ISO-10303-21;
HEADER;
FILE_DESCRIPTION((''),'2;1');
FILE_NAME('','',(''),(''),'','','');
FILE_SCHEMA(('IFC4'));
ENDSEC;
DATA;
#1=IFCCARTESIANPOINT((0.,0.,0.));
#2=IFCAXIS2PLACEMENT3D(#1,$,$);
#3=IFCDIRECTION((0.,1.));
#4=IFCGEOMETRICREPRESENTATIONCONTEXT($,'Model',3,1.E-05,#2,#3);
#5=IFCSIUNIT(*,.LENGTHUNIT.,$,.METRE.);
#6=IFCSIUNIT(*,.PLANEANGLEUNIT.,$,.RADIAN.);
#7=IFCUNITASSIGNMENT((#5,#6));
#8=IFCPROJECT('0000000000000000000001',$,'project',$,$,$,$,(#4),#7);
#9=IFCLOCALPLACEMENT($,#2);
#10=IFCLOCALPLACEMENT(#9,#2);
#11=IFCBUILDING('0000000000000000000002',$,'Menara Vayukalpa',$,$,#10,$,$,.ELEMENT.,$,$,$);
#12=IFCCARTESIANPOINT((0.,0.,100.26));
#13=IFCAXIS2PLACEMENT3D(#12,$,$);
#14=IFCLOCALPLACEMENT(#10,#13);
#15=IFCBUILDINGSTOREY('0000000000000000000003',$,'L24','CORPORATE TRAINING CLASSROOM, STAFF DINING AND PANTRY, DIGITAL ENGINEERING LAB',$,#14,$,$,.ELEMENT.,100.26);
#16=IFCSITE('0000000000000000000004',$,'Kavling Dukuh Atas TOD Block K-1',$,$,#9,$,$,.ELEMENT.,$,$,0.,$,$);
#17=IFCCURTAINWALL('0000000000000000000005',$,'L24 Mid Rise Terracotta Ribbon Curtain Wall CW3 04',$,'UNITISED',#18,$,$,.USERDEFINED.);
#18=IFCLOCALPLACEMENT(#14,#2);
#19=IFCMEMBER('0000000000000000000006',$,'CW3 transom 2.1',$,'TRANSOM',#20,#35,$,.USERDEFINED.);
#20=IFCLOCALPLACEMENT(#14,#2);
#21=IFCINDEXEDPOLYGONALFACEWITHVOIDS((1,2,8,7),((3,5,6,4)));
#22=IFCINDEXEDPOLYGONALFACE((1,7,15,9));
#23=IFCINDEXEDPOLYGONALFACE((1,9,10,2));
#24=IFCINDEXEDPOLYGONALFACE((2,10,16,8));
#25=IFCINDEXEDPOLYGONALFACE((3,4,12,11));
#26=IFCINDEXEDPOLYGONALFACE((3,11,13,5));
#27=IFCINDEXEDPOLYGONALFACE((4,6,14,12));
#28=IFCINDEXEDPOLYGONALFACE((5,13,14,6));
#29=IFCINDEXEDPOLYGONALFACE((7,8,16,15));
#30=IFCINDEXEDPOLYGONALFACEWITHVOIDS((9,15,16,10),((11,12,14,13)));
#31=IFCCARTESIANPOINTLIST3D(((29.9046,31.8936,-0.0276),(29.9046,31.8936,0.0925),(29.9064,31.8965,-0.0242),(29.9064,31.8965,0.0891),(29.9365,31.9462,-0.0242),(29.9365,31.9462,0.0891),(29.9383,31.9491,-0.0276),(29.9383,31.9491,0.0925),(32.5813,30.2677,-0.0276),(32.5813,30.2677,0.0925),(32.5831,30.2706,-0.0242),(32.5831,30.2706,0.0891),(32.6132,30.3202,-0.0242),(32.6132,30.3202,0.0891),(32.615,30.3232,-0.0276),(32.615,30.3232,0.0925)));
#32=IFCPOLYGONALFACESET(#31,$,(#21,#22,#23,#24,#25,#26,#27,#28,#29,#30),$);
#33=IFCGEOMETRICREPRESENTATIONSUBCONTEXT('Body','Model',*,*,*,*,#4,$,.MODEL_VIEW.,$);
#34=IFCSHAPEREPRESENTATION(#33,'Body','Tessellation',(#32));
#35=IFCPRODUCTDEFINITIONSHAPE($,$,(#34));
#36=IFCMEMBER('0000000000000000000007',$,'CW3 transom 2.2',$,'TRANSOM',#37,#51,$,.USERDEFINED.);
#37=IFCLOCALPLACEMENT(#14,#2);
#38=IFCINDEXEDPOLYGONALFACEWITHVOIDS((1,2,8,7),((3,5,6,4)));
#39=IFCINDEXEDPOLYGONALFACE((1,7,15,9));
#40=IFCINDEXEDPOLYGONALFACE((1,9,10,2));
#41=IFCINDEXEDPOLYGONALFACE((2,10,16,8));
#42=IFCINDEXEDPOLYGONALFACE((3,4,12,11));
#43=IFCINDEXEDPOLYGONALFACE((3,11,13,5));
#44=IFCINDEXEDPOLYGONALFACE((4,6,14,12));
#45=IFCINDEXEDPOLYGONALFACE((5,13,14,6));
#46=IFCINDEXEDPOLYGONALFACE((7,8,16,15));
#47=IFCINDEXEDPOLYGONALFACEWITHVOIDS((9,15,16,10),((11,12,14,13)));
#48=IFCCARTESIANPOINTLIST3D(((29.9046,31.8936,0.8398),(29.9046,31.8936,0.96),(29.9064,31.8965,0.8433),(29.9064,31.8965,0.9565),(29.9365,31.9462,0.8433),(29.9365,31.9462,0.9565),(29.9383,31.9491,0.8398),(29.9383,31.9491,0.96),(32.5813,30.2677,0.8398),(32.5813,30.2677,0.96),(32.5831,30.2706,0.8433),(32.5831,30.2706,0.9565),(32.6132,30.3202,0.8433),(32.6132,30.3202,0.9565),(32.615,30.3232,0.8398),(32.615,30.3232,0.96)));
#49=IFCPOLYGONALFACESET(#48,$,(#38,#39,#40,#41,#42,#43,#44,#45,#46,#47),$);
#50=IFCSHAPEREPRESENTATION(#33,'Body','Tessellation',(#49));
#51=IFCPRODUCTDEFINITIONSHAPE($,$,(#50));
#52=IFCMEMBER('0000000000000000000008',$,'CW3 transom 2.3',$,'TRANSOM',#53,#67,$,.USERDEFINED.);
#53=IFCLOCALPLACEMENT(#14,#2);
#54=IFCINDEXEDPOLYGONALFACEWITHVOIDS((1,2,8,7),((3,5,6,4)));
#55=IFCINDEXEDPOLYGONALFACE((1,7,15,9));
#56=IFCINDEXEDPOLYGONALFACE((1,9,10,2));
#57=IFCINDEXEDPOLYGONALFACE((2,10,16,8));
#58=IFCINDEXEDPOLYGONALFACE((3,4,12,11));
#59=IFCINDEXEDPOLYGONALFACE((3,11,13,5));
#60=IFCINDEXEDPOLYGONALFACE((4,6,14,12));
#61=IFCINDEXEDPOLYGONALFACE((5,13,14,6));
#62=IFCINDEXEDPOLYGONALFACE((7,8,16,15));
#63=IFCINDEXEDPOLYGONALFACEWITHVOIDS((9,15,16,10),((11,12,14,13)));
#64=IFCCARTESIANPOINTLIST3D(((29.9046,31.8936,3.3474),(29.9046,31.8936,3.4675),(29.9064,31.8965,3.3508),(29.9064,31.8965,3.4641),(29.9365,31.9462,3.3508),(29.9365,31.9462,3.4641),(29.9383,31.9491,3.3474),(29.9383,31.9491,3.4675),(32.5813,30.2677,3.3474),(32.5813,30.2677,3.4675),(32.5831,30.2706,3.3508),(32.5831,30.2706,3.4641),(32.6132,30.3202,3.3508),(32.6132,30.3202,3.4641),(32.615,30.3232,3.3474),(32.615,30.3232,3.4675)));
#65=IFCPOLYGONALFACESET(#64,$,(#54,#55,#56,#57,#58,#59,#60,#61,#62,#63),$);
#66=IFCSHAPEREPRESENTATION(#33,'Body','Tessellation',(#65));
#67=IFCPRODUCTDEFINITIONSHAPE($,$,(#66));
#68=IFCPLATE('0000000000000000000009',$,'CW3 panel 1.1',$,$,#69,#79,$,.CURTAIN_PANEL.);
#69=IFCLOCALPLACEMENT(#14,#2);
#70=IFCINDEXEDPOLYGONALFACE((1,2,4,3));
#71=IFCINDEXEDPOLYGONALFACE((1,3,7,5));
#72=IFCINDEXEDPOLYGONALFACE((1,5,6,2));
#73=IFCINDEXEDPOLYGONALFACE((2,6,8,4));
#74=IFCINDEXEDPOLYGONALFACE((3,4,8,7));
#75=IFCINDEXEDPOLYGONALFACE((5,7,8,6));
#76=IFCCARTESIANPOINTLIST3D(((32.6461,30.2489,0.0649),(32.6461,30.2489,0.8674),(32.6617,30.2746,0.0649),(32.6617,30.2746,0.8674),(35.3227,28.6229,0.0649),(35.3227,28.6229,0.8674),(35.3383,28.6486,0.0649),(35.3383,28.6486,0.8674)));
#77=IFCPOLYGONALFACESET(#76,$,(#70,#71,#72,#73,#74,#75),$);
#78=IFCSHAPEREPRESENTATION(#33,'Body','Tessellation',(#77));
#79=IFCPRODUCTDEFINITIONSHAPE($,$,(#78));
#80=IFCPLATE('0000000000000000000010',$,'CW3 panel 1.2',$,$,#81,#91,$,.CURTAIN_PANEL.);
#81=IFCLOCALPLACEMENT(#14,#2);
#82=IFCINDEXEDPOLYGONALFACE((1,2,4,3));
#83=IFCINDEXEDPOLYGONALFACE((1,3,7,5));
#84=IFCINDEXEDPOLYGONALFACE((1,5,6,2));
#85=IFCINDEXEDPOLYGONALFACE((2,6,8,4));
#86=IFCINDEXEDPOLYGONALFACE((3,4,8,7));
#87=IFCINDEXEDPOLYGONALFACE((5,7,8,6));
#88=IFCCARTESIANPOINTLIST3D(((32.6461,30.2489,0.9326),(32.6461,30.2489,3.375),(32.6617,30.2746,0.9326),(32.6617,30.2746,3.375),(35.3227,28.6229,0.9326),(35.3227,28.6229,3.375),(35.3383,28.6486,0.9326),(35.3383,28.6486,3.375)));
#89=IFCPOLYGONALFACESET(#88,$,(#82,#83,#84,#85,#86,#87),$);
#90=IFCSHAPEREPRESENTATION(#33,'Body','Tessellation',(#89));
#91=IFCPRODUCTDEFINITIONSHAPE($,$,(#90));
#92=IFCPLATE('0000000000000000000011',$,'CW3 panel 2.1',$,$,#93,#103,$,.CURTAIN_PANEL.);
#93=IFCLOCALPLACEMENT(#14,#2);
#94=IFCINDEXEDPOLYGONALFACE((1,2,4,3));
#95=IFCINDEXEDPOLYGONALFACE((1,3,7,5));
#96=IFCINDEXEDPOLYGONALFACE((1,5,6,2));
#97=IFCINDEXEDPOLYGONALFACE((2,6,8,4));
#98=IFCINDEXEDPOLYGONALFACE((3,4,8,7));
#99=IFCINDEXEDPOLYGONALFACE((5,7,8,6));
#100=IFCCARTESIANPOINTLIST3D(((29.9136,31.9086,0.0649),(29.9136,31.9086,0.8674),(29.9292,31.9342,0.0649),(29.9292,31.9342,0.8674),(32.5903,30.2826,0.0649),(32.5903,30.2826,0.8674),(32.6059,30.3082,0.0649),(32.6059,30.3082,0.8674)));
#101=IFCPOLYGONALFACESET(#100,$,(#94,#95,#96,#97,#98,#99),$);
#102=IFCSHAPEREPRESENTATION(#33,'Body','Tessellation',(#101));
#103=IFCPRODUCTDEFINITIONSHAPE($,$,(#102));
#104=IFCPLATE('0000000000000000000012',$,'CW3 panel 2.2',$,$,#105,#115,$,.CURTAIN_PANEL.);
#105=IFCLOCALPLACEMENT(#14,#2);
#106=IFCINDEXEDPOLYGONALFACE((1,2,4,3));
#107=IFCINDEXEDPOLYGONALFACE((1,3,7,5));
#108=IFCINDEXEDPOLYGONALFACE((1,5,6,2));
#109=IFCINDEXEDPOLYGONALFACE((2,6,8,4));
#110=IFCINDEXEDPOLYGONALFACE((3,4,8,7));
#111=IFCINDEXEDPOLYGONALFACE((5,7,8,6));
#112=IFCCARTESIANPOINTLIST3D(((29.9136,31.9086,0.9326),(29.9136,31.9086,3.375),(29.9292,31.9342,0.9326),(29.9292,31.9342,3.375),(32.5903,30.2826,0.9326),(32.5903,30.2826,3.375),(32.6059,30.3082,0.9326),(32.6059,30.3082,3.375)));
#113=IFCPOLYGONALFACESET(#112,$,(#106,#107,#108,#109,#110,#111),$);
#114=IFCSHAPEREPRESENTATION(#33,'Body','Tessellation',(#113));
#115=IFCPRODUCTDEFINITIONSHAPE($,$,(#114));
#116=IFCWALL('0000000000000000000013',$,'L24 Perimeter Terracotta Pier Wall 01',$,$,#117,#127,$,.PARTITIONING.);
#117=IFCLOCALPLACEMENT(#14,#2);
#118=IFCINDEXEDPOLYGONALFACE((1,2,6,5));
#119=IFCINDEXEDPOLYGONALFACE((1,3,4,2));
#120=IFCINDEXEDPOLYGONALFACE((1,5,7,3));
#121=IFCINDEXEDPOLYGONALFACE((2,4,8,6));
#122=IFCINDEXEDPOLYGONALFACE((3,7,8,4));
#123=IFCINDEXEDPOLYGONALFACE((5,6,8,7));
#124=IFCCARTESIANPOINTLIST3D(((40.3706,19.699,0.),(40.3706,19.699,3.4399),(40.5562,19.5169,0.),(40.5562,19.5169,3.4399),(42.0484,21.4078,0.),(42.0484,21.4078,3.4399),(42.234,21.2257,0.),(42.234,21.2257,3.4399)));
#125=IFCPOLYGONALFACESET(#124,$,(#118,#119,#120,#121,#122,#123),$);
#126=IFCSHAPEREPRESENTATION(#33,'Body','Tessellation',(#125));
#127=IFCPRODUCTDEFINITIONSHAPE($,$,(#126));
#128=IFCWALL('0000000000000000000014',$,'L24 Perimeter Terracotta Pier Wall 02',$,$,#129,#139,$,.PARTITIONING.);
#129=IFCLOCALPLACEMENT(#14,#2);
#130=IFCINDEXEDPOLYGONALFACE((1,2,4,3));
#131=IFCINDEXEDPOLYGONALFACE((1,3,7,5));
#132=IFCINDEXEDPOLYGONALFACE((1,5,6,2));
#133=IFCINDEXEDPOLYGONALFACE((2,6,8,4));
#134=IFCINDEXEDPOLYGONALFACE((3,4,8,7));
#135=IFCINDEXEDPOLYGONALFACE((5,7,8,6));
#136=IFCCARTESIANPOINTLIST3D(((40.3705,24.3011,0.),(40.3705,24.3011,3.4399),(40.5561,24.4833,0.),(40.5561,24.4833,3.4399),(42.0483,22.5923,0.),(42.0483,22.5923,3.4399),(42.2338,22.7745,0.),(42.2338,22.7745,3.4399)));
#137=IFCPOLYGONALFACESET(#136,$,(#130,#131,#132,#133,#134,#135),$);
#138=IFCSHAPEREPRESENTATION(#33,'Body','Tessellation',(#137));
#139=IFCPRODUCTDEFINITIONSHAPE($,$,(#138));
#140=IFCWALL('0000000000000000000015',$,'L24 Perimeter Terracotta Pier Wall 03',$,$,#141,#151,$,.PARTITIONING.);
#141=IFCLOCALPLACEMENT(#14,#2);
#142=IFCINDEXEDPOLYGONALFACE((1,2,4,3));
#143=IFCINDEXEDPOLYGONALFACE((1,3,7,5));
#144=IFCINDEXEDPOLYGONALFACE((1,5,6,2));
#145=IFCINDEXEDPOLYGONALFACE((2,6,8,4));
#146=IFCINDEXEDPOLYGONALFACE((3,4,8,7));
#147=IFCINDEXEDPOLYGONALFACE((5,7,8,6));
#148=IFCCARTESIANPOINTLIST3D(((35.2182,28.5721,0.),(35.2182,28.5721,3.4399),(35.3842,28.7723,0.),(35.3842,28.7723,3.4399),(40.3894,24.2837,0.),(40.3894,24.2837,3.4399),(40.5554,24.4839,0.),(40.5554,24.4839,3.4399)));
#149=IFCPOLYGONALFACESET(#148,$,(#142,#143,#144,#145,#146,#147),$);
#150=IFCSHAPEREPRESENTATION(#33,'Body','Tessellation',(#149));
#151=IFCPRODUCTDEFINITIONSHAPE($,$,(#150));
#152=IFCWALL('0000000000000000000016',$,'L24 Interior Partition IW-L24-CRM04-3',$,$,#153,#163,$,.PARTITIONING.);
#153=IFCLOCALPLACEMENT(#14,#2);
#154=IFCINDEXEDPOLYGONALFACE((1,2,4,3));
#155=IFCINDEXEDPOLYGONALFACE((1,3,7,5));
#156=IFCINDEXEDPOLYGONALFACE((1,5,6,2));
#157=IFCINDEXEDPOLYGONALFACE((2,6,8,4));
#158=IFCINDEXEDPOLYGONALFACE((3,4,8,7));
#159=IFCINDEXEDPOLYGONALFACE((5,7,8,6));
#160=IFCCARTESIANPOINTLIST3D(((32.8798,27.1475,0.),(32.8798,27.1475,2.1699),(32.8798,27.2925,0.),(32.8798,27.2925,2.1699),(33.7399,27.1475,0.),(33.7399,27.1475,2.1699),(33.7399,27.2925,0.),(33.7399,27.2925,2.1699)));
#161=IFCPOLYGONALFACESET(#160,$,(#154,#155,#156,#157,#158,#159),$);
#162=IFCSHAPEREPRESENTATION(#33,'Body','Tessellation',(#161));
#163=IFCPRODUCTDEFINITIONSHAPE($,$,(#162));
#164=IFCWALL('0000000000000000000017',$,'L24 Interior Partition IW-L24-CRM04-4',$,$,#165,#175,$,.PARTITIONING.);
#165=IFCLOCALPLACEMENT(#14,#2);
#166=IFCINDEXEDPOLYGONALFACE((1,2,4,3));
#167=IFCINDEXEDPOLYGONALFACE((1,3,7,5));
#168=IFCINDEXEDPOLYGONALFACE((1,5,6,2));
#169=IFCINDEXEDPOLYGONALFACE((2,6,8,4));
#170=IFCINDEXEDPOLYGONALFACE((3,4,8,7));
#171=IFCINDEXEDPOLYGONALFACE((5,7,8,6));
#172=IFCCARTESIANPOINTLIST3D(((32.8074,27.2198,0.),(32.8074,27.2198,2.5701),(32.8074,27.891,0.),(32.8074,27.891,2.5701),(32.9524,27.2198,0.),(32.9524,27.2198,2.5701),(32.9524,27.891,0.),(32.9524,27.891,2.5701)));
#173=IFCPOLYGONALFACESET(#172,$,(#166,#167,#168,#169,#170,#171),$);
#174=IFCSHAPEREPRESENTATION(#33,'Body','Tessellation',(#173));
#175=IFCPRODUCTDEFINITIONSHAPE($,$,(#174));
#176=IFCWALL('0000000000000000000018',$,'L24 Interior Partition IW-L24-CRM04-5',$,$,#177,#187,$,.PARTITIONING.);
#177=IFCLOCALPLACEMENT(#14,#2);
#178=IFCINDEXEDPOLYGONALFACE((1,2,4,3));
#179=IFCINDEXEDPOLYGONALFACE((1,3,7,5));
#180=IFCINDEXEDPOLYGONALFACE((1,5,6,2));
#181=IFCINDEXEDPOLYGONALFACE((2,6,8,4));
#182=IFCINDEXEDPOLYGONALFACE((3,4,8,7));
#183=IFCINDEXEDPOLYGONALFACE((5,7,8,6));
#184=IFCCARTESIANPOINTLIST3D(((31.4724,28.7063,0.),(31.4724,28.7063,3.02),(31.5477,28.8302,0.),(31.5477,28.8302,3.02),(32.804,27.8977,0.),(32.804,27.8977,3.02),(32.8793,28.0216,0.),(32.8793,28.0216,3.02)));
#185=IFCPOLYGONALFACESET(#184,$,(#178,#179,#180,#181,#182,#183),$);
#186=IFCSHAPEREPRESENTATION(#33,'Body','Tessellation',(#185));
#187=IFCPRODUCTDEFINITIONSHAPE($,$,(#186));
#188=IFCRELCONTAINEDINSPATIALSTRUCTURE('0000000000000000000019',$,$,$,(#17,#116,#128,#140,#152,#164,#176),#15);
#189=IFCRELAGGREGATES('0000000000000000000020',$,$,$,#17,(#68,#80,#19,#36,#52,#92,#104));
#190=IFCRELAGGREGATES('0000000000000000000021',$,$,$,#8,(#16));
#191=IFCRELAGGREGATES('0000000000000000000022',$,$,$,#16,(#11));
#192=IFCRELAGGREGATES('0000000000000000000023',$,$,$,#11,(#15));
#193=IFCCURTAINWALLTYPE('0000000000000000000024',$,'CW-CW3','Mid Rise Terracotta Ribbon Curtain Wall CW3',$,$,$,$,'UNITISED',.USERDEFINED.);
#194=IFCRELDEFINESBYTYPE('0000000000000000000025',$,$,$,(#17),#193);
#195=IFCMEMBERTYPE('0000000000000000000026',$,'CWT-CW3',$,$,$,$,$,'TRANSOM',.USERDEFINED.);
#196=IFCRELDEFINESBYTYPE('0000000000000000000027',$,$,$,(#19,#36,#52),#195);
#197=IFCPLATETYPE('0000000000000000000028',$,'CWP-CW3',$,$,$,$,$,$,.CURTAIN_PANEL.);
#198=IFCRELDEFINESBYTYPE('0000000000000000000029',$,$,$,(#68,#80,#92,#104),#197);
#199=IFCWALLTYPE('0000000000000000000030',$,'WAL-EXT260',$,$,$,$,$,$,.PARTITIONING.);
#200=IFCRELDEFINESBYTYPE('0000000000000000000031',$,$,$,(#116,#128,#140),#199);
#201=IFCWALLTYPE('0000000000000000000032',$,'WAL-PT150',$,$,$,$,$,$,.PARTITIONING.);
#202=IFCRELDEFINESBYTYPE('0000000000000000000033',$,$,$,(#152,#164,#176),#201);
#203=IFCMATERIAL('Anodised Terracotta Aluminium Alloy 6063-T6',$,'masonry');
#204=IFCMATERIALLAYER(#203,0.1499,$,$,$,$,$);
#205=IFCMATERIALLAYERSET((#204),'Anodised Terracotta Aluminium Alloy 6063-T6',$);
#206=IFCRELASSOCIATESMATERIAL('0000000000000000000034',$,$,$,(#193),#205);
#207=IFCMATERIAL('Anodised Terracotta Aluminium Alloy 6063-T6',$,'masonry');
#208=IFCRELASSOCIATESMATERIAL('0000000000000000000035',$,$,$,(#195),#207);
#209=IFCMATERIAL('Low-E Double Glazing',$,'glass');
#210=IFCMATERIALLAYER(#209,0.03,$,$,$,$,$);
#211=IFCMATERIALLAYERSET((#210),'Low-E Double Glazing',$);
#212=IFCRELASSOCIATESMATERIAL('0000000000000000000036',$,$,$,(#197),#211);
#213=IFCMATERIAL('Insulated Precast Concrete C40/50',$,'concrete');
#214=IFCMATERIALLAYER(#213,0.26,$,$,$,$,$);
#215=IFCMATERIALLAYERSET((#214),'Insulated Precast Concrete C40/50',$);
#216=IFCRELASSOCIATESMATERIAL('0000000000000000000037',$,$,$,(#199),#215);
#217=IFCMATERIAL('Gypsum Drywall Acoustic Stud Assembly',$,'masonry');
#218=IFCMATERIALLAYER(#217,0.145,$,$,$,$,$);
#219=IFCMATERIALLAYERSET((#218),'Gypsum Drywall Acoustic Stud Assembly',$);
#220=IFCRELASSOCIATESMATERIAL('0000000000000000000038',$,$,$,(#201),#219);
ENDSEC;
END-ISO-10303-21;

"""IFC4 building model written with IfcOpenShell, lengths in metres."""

from ifc_helpers import new_model, si_unit, direction, frame, frame_2d, origin, origin_2d, place, context, subcontext, project, spatial, rectangle, hollow_rectangle, extrude, material, layer, layer_set, material_profile, profile_set, type_object, element, aggregate, save


model = new_model("IFC4")

# Units and contexts
model_context = context("Model", 3, precision=1e-05, world=origin(), true_north=direction((0.0, 1.0)))
body_context = subcontext(model_context, "Body", "Model", "MODEL_VIEW")
ifc_project = project(units=[si_unit("LENGTHUNIT", "METRE"), si_unit("PLANEANGLEUNIT", "RADIAN")], contexts=[model_context])

# Site, building, storey
site_placement = place(None, origin())
site = spatial("IfcSite", under=ifc_project, at=site_placement, Name="Kavling Dukuh Atas TOD Block K-1", CompositionType="ELEMENT", RefElevation=0.0)
building_placement = place(site_placement, origin())
building = spatial("IfcBuilding", under=site, at=building_placement, Name="Menara Vayukalpa", CompositionType="ELEMENT")
storey_placement = place(building_placement, frame((0.0, 0.0, 100.26)))
storey = spatial("IfcBuildingStorey", under=building, at=storey_placement, Name="L24", Description="CORPORATE TRAINING CLASSROOM, STAFF DINING AND PANTRY, DIGITAL ENGINEERING LAB", CompositionType="ELEMENT", Elevation=100.26)

# Curtain wall, members, plates
ifc_material_1 = material(Name="Anodised Terracotta Aluminium Alloy 6063-T6", Category="masonry")
ifc_layer_1 = layer(ifc_material_1, 0.1499)
ifc_layer_set_1 = layer_set([ifc_layer_1], Name="Anodised Terracotta Aluminium Alloy 6063-T6")
curtain_wall_type = type_object("IfcCurtainWallType", Name="CW-CW3", Description="Mid Rise Terracotta Ribbon Curtain Wall CW3", ElementType="UNITISED", PredefinedType="USERDEFINED", material=ifc_layer_set_1)
curtain_wall_placement = place(storey_placement, origin())
curtain_wall = element("IfcCurtainWall", 1, at=curtain_wall_placement, inside=storey, type_object=curtain_wall_type, Name="L24 Mid Rise Terracotta Ribbon Curtain Wall CW3 04", ObjectType="UNITISED", PredefinedType="USERDEFINED")
ifc_material_2 = material(Name="Anodised Terracotta Aluminium Alloy 6063-T6", Category="masonry")
ifc_material_profile_1 = material_profile(ifc_material_2, hollow_rectangle(XDim=0.0649, YDim=0.1201, WallThickness=0.0034, at=origin_2d()), Name="ALU 65x120x3.5")
ifc_profile_set_1 = profile_set([ifc_material_profile_1], Name="Anodised Terracotta Aluminium Alloy 6063-T6")
member_type_1 = type_object("IfcMemberType", Name="CWT-CW3", ElementType="TRANSOM", PredefinedType="USERDEFINED", material=ifc_profile_set_1)
member_1_placement = place(storey_placement, frame((32.5981, 30.2954, 0.0325), z_axis=(-0.854674, 0.519165, 0.0), x_axis=(-0.519165, -0.854674, 0.0)))
member_1 = element("IfcMember", 2, at=member_1_placement, type_object=member_type_1, Name="CW3 transom 2.1", ObjectType="TRANSOM", PredefinedType="USERDEFINED", context=body_context, shape_type="SweptSolid", body=[
    extrude(hollow_rectangle(XDim=0.0649, YDim=0.1201, WallThickness=0.0034, at=origin_2d()), origin(), (0.0, 0.0, 1.0), 3.1318),
])
member_2_placement = place(storey_placement, frame((32.5981, 30.2954, 0.8999), z_axis=(-0.854674, 0.519165, 0.0), x_axis=(-0.519165, -0.854674, 0.0)))
member_2 = element("IfcMember", 3, at=member_2_placement, type_object=member_type_1, Name="CW3 transom 2.2", ObjectType="TRANSOM", PredefinedType="USERDEFINED", context=body_context, shape_type="SweptSolid", body=[
    extrude(hollow_rectangle(XDim=0.0649, YDim=0.1201, WallThickness=0.0034, at=origin_2d()), origin(), (0.0, 0.0, 1.0), 3.1318),
])
member_3_placement = place(storey_placement, frame((32.5981, 30.2954, 3.4075), z_axis=(-0.854674, 0.519165, 0.0), x_axis=(-0.519165, -0.854674, 0.0)))
member_3 = element("IfcMember", 4, at=member_3_placement, type_object=member_type_1, Name="CW3 transom 2.3", ObjectType="TRANSOM", PredefinedType="USERDEFINED", context=body_context, shape_type="SweptSolid", body=[
    extrude(hollow_rectangle(XDim=0.0649, YDim=0.1201, WallThickness=0.0034, at=origin_2d()), origin(), (0.0, 0.0, 1.0), 3.1318),
])
ifc_material_3 = material(Name="Low-E Double Glazing", Category="glass")
ifc_layer_2 = layer(ifc_material_3, 0.03)
ifc_layer_set_2 = layer_set([ifc_layer_2], Name="Low-E Double Glazing")
plate_type = type_object("IfcPlateType", Name="CWP-CW3", PredefinedType="CURTAIN_PANEL", material=ifc_layer_set_2)
plate_1_placement = place(storey_placement, frame((33.9922, 29.4487, 0.0649), z_axis=(0.0, 0.0, 1.0), x_axis=(-0.854663, 0.519183, 0.0)))
plate_1 = element("IfcPlate", 5, at=plate_1_placement, type_object=plate_type, Name="CW3 panel 1.1", PredefinedType="CURTAIN_PANEL", context=body_context, shape_type="SweptSolid", body=[
    extrude(rectangle(XDim=3.1318, YDim=0.03, at=origin_2d()), origin(), (0.0, 0.0, 1.0), 0.8025),
])
plate_2_placement = place(storey_placement, frame((33.9922, 29.4487, 0.9326), z_axis=(0.0, 0.0, 1.0), x_axis=(-0.854663, 0.519183, 0.0)))
plate_2 = element("IfcPlate", 6, at=plate_2_placement, type_object=plate_type, Name="CW3 panel 1.2", PredefinedType="CURTAIN_PANEL", context=body_context, shape_type="SweptSolid", body=[
    extrude(rectangle(XDim=3.1318, YDim=0.03, at=origin_2d()), origin(), (0.0, 0.0, 1.0), 2.4424),
])
plate_3_placement = place(storey_placement, frame((31.2598, 31.1084, 0.0649), z_axis=(0.0, 0.0, 1.0), x_axis=(-0.854663, 0.519183, 0.0)))
plate_3 = element("IfcPlate", 7, at=plate_3_placement, type_object=plate_type, Name="CW3 panel 2.1", PredefinedType="CURTAIN_PANEL", context=body_context, shape_type="SweptSolid", body=[
    extrude(rectangle(XDim=3.1318, YDim=0.03, at=origin_2d()), origin(), (0.0, 0.0, 1.0), 0.8025),
])
plate_4_placement = place(storey_placement, frame((31.2598, 31.1084, 0.9326), z_axis=(0.0, 0.0, 1.0), x_axis=(-0.854663, 0.519183, 0.0)))
plate_4 = element("IfcPlate", 8, at=plate_4_placement, type_object=plate_type, Name="CW3 panel 2.2", PredefinedType="CURTAIN_PANEL", context=body_context, shape_type="SweptSolid", body=[
    extrude(rectangle(XDim=3.1318, YDim=0.03, at=origin_2d()), origin(), (0.0, 0.0, 1.0), 2.4424),
])
aggregate(curtain_wall, [plate_1, plate_2, member_1, member_2, member_3, plate_3, plate_4])

# Walls
ifc_material_4 = material(Name="Insulated Precast Concrete C40/50", Category="concrete")
ifc_layer_3 = layer(ifc_material_4, 0.26)
ifc_layer_set_3 = layer_set([ifc_layer_3], Name="Insulated Precast Concrete C40/50")
wall_type_1 = type_object("IfcWallType", Name="WAL-EXT260", PredefinedType="PARTITIONING", material=ifc_layer_set_3)
for number, where, z_axis, x_axis, name in (
    (9, (42.1411, 21.3167, 0.0), (0.0, 0.0, 1.0), (-0.700603, -0.713551, 0.0), "L24 Perimeter Terracotta Pier Wall 01"),
    (10, (40.4634, 24.3921, 0.0), (0.0, 0.0, 1.0), (0.700603, -0.713551, 0.0), "L24 Perimeter Terracotta Pier Wall 02"),
):
    element("IfcWall", number, at=place(storey_placement, frame(where, z_axis=z_axis, x_axis=x_axis)), inside=storey, type_object=wall_type_1, Name=name, PredefinedType="PARTITIONING", context=body_context, shape_type="SweptSolid", body=[
        extrude(rectangle(XDim=2.3948, YDim=0.26, at=frame_2d((1.1973, 0.0))), origin(), (0.0, 0.0, 1.0), 3.4399),
    ])
wall_1_placement = place(storey_placement, frame((35.3013, 28.6721, 0.0), z_axis=(0.0, 0.0, 1.0), x_axis=(0.769753, -0.638342, 0.0)))
element("IfcWall", 11, at=wall_1_placement, inside=storey, type_object=wall_type_1, Name="L24 Perimeter Terracotta Pier Wall 03", PredefinedType="PARTITIONING", context=body_context, shape_type="SweptSolid", body=[
    extrude(rectangle(XDim=6.718, YDim=0.26, at=frame_2d((3.3589, 0.0))), origin(), (0.0, 0.0, 1.0), 3.4399),
])
ifc_material_5 = material(Name="Gypsum Drywall Acoustic Stud Assembly", Category="masonry")
ifc_layer_4 = layer(ifc_material_5, 0.145)
ifc_layer_set_4 = layer_set([ifc_layer_4], Name="Gypsum Drywall Acoustic Stud Assembly")
wall_type_2 = type_object("IfcWallType", Name="WAL-PT150", PredefinedType="PARTITIONING", material=ifc_layer_set_4)
wall_2_placement = place(storey_placement, frame((33.74, 27.22, 0.0), z_axis=(0.0, 0.0, 1.0), x_axis=(-1.0, 0.0, 0.0)))
element("IfcWall", 12, at=wall_2_placement, inside=storey, type_object=wall_type_2, Name="L24 Interior Partition IW-L24-CRM04-3", PredefinedType="PARTITIONING", context=body_context, shape_type="SweptSolid", body=[
    extrude(rectangle(XDim=0.8601, YDim=0.145, at=frame_2d((0.4302, 0.0))), origin(), (0.0, 0.0, 1.0), 2.1699),
])
wall_3_placement = place(storey_placement, frame((32.8799, 27.22, 0.0), z_axis=(0.0, 0.0, 1.0), x_axis=(0.0, 1.0, 0.0)))
element("IfcWall", 13, at=wall_3_placement, inside=storey, type_object=wall_type_2, Name="L24 Interior Partition IW-L24-CRM04-4", PredefinedType="PARTITIONING", context=body_context, shape_type="SweptSolid", body=[
    extrude(rectangle(XDim=0.6711, YDim=0.145, at=frame_2d((0.3354, 0.0))), origin(), (0.0, 0.0, 1.0), 2.5701),
])
wall_4_placement = place(storey_placement, frame((32.8416, 27.9597, 0.0), z_axis=(0.0, 0.0, 1.0), x_axis=(-0.854743, 0.519052, 0.0)))
element("IfcWall", 14, at=wall_4_placement, inside=storey, type_object=wall_type_2, Name="L24 Interior Partition IW-L24-CRM04-5", PredefinedType="PARTITIONING", context=body_context, shape_type="SweptSolid", body=[
    extrude(rectangle(XDim=1.5579, YDim=0.145, at=frame_2d((0.7788, 0.0))), origin(), (0.0, 0.0, 1.0), 3.02),
])

save(model, "model.ifc")
